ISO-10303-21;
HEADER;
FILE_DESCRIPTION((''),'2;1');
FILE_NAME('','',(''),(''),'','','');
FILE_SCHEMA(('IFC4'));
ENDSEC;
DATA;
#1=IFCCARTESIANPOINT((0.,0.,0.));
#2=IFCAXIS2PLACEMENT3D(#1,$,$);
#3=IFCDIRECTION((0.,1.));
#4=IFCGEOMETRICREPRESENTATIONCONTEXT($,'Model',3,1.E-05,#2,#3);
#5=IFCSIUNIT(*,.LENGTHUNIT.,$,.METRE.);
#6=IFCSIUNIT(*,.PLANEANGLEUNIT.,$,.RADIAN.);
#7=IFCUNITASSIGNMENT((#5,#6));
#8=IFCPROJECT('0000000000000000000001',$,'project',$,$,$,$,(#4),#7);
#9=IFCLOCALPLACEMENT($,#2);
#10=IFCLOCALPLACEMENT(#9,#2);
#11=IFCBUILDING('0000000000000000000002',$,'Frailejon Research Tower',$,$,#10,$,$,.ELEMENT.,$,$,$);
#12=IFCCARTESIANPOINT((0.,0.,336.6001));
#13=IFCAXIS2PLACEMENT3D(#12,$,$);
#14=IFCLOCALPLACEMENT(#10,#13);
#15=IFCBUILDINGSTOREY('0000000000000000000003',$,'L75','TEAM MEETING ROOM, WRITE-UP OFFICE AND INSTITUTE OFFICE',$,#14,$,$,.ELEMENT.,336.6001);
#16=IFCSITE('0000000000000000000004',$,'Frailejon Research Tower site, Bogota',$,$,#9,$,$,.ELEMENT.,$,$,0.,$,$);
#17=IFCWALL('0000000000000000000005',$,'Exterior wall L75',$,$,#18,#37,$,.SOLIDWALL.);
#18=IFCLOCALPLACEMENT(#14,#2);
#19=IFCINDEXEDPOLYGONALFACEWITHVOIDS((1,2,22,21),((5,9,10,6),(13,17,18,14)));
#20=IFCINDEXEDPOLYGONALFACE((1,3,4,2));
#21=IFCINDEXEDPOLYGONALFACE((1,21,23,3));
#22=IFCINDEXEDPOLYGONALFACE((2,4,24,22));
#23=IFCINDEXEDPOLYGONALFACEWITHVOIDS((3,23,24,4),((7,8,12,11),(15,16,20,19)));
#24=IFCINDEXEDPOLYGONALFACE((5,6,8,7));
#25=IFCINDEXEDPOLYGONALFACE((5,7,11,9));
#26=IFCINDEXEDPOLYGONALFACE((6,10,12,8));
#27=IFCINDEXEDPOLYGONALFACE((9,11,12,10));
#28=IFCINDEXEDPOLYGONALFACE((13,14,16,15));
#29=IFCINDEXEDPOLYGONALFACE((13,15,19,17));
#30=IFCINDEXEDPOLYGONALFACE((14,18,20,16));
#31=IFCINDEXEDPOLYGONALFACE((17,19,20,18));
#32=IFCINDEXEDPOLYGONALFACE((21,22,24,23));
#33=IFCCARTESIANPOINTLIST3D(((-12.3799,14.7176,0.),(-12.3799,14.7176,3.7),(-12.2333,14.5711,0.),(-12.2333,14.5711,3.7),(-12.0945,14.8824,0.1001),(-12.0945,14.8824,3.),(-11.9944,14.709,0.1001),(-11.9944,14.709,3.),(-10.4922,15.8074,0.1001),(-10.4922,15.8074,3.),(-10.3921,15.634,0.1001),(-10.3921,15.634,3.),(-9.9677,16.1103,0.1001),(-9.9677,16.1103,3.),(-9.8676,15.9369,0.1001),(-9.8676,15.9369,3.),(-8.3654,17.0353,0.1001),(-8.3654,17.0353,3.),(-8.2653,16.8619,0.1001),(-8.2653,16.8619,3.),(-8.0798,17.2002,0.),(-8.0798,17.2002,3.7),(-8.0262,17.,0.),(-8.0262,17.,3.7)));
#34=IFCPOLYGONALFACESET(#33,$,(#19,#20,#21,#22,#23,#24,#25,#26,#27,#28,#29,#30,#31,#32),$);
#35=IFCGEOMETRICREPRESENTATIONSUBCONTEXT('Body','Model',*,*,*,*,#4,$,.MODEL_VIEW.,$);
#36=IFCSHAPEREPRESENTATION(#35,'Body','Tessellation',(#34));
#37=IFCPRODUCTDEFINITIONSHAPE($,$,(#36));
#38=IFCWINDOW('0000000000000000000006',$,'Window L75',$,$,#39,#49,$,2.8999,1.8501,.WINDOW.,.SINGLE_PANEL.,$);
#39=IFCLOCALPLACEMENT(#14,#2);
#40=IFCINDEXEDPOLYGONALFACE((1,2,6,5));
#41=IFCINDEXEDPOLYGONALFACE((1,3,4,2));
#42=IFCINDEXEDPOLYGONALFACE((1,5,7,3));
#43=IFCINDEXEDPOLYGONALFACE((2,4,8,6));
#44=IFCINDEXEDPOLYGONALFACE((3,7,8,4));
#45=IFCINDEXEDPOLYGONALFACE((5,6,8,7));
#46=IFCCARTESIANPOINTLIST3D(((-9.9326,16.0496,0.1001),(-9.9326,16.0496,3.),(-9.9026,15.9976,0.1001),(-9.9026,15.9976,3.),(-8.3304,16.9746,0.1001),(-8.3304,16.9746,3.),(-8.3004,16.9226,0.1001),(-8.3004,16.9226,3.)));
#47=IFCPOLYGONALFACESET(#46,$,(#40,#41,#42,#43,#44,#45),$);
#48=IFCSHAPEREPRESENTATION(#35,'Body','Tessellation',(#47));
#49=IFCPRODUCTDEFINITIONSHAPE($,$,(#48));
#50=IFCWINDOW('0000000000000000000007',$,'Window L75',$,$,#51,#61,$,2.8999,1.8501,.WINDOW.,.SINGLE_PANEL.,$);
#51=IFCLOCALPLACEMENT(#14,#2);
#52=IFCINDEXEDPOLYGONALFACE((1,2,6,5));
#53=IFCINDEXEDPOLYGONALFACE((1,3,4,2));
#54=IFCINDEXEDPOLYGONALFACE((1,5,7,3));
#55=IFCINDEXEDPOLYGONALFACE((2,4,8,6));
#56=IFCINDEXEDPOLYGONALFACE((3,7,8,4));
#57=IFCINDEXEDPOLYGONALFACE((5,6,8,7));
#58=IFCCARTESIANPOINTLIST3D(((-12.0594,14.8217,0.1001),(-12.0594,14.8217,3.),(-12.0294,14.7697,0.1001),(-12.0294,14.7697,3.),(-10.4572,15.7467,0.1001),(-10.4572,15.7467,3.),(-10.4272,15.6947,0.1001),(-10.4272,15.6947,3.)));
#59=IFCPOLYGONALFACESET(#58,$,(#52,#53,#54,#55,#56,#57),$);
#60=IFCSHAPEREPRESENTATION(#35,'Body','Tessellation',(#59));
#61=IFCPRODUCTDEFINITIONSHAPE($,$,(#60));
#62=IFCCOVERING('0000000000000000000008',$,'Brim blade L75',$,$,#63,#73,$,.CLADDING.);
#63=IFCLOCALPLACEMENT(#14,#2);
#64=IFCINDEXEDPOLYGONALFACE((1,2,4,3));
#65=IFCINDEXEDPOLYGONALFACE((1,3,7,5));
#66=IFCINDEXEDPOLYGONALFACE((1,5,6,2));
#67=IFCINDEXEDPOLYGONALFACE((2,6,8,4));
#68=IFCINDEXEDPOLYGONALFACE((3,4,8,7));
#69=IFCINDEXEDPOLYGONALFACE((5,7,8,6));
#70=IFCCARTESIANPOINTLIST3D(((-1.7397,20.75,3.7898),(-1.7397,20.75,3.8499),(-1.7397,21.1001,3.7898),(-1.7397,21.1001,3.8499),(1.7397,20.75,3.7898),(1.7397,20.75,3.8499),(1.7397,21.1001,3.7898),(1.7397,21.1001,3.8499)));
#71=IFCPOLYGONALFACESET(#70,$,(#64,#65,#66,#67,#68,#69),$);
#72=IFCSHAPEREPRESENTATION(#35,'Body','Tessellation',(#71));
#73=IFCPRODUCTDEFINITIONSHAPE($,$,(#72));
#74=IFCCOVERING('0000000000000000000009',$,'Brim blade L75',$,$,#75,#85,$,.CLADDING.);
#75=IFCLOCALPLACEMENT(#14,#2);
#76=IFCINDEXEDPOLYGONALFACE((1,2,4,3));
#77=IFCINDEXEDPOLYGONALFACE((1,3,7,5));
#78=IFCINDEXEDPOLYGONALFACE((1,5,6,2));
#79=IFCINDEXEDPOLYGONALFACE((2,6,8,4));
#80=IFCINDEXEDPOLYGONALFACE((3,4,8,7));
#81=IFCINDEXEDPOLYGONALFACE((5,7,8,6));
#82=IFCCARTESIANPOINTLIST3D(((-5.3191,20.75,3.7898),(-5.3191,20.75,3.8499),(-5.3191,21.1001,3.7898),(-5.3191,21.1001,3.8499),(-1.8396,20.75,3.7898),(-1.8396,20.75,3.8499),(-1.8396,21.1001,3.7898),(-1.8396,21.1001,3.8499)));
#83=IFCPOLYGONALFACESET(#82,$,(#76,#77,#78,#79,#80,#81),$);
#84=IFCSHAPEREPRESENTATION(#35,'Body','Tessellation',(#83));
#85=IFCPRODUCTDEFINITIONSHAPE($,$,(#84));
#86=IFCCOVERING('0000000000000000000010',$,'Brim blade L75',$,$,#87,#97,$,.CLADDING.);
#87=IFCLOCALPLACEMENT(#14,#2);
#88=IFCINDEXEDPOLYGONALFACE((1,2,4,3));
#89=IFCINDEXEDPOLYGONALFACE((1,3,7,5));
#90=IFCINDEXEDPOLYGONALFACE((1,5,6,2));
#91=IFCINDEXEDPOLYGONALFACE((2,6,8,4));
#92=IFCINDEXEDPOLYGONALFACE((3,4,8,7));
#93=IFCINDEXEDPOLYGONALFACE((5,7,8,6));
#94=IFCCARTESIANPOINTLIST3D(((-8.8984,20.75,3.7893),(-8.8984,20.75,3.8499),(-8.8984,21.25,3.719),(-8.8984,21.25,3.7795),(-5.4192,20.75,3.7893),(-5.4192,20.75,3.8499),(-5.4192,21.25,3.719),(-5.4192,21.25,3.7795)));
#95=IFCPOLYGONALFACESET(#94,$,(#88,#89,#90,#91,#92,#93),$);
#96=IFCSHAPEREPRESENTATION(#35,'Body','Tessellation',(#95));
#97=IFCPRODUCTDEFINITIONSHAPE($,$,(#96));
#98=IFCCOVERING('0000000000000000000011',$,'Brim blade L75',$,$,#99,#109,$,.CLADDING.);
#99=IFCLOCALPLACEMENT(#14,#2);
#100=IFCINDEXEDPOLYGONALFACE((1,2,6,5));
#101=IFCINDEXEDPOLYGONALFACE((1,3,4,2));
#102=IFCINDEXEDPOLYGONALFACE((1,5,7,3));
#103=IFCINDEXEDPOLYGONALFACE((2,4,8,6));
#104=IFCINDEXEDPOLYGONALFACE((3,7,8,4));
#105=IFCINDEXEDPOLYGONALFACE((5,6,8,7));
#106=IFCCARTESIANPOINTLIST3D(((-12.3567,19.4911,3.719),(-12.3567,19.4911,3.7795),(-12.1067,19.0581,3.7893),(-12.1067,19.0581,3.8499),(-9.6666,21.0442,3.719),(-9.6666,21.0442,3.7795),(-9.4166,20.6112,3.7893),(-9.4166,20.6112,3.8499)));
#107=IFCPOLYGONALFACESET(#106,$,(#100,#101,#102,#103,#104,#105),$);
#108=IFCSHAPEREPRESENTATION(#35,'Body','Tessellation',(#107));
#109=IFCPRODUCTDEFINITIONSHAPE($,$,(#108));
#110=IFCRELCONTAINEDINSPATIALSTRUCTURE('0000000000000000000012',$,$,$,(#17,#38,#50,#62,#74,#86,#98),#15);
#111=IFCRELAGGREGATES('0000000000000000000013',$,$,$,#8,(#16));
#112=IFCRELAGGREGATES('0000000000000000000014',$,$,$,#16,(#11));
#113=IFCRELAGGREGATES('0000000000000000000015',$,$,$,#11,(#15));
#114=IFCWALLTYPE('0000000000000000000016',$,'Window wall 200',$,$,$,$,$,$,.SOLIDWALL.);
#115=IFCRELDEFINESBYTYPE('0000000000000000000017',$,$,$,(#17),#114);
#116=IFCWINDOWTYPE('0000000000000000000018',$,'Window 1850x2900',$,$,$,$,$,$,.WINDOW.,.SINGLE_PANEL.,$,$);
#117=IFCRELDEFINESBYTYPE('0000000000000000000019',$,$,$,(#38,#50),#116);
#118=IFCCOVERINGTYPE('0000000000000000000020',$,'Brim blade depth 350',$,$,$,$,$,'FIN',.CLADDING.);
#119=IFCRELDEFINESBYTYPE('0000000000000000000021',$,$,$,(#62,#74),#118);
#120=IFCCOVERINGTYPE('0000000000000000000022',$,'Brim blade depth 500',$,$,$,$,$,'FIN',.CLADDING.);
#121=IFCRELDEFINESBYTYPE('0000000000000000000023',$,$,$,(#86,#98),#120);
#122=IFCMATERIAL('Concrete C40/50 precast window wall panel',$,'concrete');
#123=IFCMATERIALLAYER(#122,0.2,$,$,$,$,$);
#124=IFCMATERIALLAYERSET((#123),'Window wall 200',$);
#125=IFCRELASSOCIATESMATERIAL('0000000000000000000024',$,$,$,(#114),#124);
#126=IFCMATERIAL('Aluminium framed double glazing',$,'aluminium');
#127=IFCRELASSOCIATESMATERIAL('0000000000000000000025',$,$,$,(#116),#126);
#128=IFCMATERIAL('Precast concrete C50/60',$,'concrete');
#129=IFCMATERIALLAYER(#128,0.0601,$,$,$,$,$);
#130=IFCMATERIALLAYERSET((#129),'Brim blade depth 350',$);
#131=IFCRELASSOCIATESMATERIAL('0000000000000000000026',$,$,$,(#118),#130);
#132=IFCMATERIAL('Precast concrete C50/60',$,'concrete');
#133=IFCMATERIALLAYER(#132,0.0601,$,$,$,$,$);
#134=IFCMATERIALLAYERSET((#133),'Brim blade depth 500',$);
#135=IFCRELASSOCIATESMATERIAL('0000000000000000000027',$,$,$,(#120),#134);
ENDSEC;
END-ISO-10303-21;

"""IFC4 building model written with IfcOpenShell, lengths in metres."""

from ifc_helpers import new_model, si_unit, direction, frame, frame_2d, origin, place, context, subcontext, project, spatial, polyline, rectangle, outline, extrude, material, layer, layer_set, type_object, element, fill, save


model = new_model("IFC4")

# Units and contexts
model_context = context("Model", 3, precision=1e-05, world=origin(), true_north=direction((0.0, 1.0)))
body_context = subcontext(model_context, "Body", "Model", "MODEL_VIEW")
ifc_project = project(units=[si_unit("LENGTHUNIT", "METRE"), si_unit("PLANEANGLEUNIT", "RADIAN")], contexts=[model_context])

# Site, building, storey
site_placement = place(None, origin())
site = spatial("IfcSite", under=ifc_project, at=site_placement, Name="Frailejon Research Tower site, Bogota", CompositionType="ELEMENT", RefElevation=0.0)
building_placement = place(site_placement, origin())
building = spatial("IfcBuilding", under=site, at=building_placement, Name="Frailejon Research Tower", CompositionType="ELEMENT")
storey_placement = place(building_placement, frame((0.0, 0.0, 336.6001)))
storey = spatial("IfcBuildingStorey", under=building, at=storey_placement, Name="L75", Description="TEAM MEETING ROOM, WRITE-UP OFFICE AND INSTITUTE OFFICE", CompositionType="ELEMENT", Elevation=336.6001)

# Wall, openings, windows
ifc_material_1 = material(Name="Concrete C40/50 precast window wall panel", Category="concrete")
ifc_layer_1 = layer(ifc_material_1, 0.2)
ifc_layer_set_1 = layer_set([ifc_layer_1], Name="Window wall 200")
wall_type = type_object("IfcWallType", Name="Window wall 200", PredefinedType="SOLIDWALL", material=ifc_layer_set_1)
wall_placement = place(storey_placement, frame((-8.053, 17.1001, 0.0), z_axis=(0.0, 0.0, 1.0), x_axis=(-0.866029, -0.499994, 0.0)))
wall = element("IfcWall", 1, at=wall_placement, inside=storey, type_object=wall_type, Name="Exterior wall L75", PredefinedType="SOLIDWALL", context=body_context, shape_type="SweptSolid", body=[
    extrude(outline(polyline([(-0.0269, -0.1001), (1.2144, -0.1001), (2.4558, -0.1001), (3.6973, -0.1001), (4.9385, -0.1001), (4.8848, 0.1001), (3.6704, 0.1001), (2.4558, 0.1001), (1.2412, 0.1001), (0.0269, 0.1001), (-0.0269, -0.1001)])), origin(), (0.0, 0.0, 1.0), 3.7),
])
opening_1_placement = place(wall_placement, frame((0.303, 0.0, 0.1001)))
opening_1 = element("IfcOpeningElement", 2, at=opening_1_placement, cuts=wall, PredefinedType="OPENING", context=body_context, shape_type="SweptSolid", body=[
    extrude(rectangle(XDim=1.8501, YDim=2.8999, at=frame_2d((0.925, 1.45))), frame((0.0, 0.1099, 0.0), z_axis=(0.0, -1.0, 0.0), x_axis=(1.0, 0.0, 0.0)), (0.0, 0.0, 1.0), 0.22),
])
opening_2_placement = place(wall_placement, frame((2.7588, 0.0, 0.1001)))
opening_2 = element("IfcOpeningElement", 3, at=opening_2_placement, cuts=wall, PredefinedType="OPENING", context=body_context, shape_type="SweptSolid", body=[
    extrude(rectangle(XDim=1.8501, YDim=2.8999, at=frame_2d((0.925, 1.45))), frame((0.0, 0.1099, 0.0), z_axis=(0.0, -1.0, 0.0), x_axis=(1.0, 0.0, 0.0)), (0.0, 0.0, 1.0), 0.22),
])
ifc_material_2 = material(Name="Aluminium framed double glazing", Category="aluminium")
window_type = type_object("IfcWindowType", Name="Window 1850x2900", PartitioningType="SINGLE_PANEL", PredefinedType="WINDOW", material=ifc_material_2)
window_1_placement = place(opening_1_placement, origin())
window_1 = element("IfcWindow", 4, at=window_1_placement, inside=storey, type_object=window_type, Name="Window L75", OverallHeight=2.8999, OverallWidth=1.8501, PartitioningType="SINGLE_PANEL", PredefinedType="WINDOW", context=body_context, shape_type="SweptSolid", body=[
    extrude(rectangle(XDim=1.8501, YDim=2.8999, at=frame_2d((0.925, 1.45))), frame((0.0, 0.03, 0.0), z_axis=(0.0, -1.0, 0.0), x_axis=(1.0, 0.0, 0.0)), (0.0, 0.0, 1.0), 0.0601),
])
fill(opening_1, window_1)
window_2_placement = place(opening_2_placement, origin())
window_2 = element("IfcWindow", 5, at=window_2_placement, inside=storey, type_object=window_type, Name="Window L75", OverallHeight=2.8999, OverallWidth=1.8501, PartitioningType="SINGLE_PANEL", PredefinedType="WINDOW", context=body_context, shape_type="SweptSolid", body=[
    extrude(rectangle(XDim=1.8501, YDim=2.8999, at=frame_2d((0.925, 1.45))), frame((0.0, 0.03, 0.0), z_axis=(0.0, -1.0, 0.0), x_axis=(1.0, 0.0, 0.0)), (0.0, 0.0, 1.0), 0.0601),
])
fill(opening_2, window_2)

# Coverings
ifc_material_3 = material(Name="Precast concrete C50/60", Category="concrete")
ifc_layer_2 = layer(ifc_material_3, 0.0601)
ifc_layer_set_2 = layer_set([ifc_layer_2], Name="Brim blade depth 350")
covering_type_1 = type_object("IfcCoveringType", Name="Brim blade depth 350", ElementType="FIN", PredefinedType="CLADDING", material=ifc_layer_set_2)
for number, where, z_axis, x_axis, name in (
    (6, (-1.7397, 20.75, 3.8499), (1.0, 0.0, 0.0), (0.0, 1.0, 0.0), "Brim blade L75"),
    (7, (-5.3191, 20.75, 3.8499), (1.0, 0.0, 0.0), (0.0, 1.0, 0.0), "Brim blade L75"),
):
    element("IfcCovering", number, at=place(storey_placement, frame(where, z_axis=z_axis, x_axis=x_axis)), inside=storey, type_object=covering_type_1, Name=name, PredefinedType="CLADDING", context=body_context, shape_type="SweptSolid", body=[
        extrude(outline(polyline([(0.0, -0.0601), (0.3501, -0.0601), (0.3501, 0.0), (0.0, 0.0), (0.0, -0.0601)])), origin(), (0.0, 0.0, 1.0), 3.4795),
    ])
ifc_material_4 = material(Name="Precast concrete C50/60", Category="concrete")
ifc_layer_3 = layer(ifc_material_4, 0.0601)
ifc_layer_set_3 = layer_set([ifc_layer_3], Name="Brim blade depth 500")
covering_type_2 = type_object("IfcCoveringType", Name="Brim blade depth 500", ElementType="FIN", PredefinedType="CLADDING", material=ifc_layer_set_3)
covering_1_placement = place(storey_placement, frame((-8.8984, 20.75, 3.8499), z_axis=(1.0, 0.0, 0.0), x_axis=(0.0, 1.0, 0.0)))
element("IfcCovering", 8, at=covering_1_placement, inside=storey, type_object=covering_type_2, Name="Brim blade L75", PredefinedType="CLADDING", context=body_context, shape_type="SweptSolid", body=[
    extrude(outline(polyline([(0.0, -0.0605), (0.5, -0.1309), (0.5, -0.0703), (0.0, 0.0), (0.0, -0.0605)])), origin(), (0.0, 0.0, 1.0), 3.4792),
])
covering_2_placement = place(storey_placement, frame((-12.1067, 19.0581, 3.8499), z_axis=(0.866035, 0.499983, 0.0), x_axis=(-0.499983, 0.866035, 0.0)))
element("IfcCovering", 9, at=covering_2_placement, inside=storey, type_object=covering_type_2, Name="Brim blade L75", PredefinedType="CLADDING", context=body_context, shape_type="SweptSolid", body=[
    extrude(outline(polyline([(0.0, -0.0605), (0.5, -0.1309), (0.5, -0.0703), (0.0, 0.0), (0.0, -0.0605)])), origin(), (0.0, 0.0, 1.0), 3.1062),
])

save(model, "model.ifc")
